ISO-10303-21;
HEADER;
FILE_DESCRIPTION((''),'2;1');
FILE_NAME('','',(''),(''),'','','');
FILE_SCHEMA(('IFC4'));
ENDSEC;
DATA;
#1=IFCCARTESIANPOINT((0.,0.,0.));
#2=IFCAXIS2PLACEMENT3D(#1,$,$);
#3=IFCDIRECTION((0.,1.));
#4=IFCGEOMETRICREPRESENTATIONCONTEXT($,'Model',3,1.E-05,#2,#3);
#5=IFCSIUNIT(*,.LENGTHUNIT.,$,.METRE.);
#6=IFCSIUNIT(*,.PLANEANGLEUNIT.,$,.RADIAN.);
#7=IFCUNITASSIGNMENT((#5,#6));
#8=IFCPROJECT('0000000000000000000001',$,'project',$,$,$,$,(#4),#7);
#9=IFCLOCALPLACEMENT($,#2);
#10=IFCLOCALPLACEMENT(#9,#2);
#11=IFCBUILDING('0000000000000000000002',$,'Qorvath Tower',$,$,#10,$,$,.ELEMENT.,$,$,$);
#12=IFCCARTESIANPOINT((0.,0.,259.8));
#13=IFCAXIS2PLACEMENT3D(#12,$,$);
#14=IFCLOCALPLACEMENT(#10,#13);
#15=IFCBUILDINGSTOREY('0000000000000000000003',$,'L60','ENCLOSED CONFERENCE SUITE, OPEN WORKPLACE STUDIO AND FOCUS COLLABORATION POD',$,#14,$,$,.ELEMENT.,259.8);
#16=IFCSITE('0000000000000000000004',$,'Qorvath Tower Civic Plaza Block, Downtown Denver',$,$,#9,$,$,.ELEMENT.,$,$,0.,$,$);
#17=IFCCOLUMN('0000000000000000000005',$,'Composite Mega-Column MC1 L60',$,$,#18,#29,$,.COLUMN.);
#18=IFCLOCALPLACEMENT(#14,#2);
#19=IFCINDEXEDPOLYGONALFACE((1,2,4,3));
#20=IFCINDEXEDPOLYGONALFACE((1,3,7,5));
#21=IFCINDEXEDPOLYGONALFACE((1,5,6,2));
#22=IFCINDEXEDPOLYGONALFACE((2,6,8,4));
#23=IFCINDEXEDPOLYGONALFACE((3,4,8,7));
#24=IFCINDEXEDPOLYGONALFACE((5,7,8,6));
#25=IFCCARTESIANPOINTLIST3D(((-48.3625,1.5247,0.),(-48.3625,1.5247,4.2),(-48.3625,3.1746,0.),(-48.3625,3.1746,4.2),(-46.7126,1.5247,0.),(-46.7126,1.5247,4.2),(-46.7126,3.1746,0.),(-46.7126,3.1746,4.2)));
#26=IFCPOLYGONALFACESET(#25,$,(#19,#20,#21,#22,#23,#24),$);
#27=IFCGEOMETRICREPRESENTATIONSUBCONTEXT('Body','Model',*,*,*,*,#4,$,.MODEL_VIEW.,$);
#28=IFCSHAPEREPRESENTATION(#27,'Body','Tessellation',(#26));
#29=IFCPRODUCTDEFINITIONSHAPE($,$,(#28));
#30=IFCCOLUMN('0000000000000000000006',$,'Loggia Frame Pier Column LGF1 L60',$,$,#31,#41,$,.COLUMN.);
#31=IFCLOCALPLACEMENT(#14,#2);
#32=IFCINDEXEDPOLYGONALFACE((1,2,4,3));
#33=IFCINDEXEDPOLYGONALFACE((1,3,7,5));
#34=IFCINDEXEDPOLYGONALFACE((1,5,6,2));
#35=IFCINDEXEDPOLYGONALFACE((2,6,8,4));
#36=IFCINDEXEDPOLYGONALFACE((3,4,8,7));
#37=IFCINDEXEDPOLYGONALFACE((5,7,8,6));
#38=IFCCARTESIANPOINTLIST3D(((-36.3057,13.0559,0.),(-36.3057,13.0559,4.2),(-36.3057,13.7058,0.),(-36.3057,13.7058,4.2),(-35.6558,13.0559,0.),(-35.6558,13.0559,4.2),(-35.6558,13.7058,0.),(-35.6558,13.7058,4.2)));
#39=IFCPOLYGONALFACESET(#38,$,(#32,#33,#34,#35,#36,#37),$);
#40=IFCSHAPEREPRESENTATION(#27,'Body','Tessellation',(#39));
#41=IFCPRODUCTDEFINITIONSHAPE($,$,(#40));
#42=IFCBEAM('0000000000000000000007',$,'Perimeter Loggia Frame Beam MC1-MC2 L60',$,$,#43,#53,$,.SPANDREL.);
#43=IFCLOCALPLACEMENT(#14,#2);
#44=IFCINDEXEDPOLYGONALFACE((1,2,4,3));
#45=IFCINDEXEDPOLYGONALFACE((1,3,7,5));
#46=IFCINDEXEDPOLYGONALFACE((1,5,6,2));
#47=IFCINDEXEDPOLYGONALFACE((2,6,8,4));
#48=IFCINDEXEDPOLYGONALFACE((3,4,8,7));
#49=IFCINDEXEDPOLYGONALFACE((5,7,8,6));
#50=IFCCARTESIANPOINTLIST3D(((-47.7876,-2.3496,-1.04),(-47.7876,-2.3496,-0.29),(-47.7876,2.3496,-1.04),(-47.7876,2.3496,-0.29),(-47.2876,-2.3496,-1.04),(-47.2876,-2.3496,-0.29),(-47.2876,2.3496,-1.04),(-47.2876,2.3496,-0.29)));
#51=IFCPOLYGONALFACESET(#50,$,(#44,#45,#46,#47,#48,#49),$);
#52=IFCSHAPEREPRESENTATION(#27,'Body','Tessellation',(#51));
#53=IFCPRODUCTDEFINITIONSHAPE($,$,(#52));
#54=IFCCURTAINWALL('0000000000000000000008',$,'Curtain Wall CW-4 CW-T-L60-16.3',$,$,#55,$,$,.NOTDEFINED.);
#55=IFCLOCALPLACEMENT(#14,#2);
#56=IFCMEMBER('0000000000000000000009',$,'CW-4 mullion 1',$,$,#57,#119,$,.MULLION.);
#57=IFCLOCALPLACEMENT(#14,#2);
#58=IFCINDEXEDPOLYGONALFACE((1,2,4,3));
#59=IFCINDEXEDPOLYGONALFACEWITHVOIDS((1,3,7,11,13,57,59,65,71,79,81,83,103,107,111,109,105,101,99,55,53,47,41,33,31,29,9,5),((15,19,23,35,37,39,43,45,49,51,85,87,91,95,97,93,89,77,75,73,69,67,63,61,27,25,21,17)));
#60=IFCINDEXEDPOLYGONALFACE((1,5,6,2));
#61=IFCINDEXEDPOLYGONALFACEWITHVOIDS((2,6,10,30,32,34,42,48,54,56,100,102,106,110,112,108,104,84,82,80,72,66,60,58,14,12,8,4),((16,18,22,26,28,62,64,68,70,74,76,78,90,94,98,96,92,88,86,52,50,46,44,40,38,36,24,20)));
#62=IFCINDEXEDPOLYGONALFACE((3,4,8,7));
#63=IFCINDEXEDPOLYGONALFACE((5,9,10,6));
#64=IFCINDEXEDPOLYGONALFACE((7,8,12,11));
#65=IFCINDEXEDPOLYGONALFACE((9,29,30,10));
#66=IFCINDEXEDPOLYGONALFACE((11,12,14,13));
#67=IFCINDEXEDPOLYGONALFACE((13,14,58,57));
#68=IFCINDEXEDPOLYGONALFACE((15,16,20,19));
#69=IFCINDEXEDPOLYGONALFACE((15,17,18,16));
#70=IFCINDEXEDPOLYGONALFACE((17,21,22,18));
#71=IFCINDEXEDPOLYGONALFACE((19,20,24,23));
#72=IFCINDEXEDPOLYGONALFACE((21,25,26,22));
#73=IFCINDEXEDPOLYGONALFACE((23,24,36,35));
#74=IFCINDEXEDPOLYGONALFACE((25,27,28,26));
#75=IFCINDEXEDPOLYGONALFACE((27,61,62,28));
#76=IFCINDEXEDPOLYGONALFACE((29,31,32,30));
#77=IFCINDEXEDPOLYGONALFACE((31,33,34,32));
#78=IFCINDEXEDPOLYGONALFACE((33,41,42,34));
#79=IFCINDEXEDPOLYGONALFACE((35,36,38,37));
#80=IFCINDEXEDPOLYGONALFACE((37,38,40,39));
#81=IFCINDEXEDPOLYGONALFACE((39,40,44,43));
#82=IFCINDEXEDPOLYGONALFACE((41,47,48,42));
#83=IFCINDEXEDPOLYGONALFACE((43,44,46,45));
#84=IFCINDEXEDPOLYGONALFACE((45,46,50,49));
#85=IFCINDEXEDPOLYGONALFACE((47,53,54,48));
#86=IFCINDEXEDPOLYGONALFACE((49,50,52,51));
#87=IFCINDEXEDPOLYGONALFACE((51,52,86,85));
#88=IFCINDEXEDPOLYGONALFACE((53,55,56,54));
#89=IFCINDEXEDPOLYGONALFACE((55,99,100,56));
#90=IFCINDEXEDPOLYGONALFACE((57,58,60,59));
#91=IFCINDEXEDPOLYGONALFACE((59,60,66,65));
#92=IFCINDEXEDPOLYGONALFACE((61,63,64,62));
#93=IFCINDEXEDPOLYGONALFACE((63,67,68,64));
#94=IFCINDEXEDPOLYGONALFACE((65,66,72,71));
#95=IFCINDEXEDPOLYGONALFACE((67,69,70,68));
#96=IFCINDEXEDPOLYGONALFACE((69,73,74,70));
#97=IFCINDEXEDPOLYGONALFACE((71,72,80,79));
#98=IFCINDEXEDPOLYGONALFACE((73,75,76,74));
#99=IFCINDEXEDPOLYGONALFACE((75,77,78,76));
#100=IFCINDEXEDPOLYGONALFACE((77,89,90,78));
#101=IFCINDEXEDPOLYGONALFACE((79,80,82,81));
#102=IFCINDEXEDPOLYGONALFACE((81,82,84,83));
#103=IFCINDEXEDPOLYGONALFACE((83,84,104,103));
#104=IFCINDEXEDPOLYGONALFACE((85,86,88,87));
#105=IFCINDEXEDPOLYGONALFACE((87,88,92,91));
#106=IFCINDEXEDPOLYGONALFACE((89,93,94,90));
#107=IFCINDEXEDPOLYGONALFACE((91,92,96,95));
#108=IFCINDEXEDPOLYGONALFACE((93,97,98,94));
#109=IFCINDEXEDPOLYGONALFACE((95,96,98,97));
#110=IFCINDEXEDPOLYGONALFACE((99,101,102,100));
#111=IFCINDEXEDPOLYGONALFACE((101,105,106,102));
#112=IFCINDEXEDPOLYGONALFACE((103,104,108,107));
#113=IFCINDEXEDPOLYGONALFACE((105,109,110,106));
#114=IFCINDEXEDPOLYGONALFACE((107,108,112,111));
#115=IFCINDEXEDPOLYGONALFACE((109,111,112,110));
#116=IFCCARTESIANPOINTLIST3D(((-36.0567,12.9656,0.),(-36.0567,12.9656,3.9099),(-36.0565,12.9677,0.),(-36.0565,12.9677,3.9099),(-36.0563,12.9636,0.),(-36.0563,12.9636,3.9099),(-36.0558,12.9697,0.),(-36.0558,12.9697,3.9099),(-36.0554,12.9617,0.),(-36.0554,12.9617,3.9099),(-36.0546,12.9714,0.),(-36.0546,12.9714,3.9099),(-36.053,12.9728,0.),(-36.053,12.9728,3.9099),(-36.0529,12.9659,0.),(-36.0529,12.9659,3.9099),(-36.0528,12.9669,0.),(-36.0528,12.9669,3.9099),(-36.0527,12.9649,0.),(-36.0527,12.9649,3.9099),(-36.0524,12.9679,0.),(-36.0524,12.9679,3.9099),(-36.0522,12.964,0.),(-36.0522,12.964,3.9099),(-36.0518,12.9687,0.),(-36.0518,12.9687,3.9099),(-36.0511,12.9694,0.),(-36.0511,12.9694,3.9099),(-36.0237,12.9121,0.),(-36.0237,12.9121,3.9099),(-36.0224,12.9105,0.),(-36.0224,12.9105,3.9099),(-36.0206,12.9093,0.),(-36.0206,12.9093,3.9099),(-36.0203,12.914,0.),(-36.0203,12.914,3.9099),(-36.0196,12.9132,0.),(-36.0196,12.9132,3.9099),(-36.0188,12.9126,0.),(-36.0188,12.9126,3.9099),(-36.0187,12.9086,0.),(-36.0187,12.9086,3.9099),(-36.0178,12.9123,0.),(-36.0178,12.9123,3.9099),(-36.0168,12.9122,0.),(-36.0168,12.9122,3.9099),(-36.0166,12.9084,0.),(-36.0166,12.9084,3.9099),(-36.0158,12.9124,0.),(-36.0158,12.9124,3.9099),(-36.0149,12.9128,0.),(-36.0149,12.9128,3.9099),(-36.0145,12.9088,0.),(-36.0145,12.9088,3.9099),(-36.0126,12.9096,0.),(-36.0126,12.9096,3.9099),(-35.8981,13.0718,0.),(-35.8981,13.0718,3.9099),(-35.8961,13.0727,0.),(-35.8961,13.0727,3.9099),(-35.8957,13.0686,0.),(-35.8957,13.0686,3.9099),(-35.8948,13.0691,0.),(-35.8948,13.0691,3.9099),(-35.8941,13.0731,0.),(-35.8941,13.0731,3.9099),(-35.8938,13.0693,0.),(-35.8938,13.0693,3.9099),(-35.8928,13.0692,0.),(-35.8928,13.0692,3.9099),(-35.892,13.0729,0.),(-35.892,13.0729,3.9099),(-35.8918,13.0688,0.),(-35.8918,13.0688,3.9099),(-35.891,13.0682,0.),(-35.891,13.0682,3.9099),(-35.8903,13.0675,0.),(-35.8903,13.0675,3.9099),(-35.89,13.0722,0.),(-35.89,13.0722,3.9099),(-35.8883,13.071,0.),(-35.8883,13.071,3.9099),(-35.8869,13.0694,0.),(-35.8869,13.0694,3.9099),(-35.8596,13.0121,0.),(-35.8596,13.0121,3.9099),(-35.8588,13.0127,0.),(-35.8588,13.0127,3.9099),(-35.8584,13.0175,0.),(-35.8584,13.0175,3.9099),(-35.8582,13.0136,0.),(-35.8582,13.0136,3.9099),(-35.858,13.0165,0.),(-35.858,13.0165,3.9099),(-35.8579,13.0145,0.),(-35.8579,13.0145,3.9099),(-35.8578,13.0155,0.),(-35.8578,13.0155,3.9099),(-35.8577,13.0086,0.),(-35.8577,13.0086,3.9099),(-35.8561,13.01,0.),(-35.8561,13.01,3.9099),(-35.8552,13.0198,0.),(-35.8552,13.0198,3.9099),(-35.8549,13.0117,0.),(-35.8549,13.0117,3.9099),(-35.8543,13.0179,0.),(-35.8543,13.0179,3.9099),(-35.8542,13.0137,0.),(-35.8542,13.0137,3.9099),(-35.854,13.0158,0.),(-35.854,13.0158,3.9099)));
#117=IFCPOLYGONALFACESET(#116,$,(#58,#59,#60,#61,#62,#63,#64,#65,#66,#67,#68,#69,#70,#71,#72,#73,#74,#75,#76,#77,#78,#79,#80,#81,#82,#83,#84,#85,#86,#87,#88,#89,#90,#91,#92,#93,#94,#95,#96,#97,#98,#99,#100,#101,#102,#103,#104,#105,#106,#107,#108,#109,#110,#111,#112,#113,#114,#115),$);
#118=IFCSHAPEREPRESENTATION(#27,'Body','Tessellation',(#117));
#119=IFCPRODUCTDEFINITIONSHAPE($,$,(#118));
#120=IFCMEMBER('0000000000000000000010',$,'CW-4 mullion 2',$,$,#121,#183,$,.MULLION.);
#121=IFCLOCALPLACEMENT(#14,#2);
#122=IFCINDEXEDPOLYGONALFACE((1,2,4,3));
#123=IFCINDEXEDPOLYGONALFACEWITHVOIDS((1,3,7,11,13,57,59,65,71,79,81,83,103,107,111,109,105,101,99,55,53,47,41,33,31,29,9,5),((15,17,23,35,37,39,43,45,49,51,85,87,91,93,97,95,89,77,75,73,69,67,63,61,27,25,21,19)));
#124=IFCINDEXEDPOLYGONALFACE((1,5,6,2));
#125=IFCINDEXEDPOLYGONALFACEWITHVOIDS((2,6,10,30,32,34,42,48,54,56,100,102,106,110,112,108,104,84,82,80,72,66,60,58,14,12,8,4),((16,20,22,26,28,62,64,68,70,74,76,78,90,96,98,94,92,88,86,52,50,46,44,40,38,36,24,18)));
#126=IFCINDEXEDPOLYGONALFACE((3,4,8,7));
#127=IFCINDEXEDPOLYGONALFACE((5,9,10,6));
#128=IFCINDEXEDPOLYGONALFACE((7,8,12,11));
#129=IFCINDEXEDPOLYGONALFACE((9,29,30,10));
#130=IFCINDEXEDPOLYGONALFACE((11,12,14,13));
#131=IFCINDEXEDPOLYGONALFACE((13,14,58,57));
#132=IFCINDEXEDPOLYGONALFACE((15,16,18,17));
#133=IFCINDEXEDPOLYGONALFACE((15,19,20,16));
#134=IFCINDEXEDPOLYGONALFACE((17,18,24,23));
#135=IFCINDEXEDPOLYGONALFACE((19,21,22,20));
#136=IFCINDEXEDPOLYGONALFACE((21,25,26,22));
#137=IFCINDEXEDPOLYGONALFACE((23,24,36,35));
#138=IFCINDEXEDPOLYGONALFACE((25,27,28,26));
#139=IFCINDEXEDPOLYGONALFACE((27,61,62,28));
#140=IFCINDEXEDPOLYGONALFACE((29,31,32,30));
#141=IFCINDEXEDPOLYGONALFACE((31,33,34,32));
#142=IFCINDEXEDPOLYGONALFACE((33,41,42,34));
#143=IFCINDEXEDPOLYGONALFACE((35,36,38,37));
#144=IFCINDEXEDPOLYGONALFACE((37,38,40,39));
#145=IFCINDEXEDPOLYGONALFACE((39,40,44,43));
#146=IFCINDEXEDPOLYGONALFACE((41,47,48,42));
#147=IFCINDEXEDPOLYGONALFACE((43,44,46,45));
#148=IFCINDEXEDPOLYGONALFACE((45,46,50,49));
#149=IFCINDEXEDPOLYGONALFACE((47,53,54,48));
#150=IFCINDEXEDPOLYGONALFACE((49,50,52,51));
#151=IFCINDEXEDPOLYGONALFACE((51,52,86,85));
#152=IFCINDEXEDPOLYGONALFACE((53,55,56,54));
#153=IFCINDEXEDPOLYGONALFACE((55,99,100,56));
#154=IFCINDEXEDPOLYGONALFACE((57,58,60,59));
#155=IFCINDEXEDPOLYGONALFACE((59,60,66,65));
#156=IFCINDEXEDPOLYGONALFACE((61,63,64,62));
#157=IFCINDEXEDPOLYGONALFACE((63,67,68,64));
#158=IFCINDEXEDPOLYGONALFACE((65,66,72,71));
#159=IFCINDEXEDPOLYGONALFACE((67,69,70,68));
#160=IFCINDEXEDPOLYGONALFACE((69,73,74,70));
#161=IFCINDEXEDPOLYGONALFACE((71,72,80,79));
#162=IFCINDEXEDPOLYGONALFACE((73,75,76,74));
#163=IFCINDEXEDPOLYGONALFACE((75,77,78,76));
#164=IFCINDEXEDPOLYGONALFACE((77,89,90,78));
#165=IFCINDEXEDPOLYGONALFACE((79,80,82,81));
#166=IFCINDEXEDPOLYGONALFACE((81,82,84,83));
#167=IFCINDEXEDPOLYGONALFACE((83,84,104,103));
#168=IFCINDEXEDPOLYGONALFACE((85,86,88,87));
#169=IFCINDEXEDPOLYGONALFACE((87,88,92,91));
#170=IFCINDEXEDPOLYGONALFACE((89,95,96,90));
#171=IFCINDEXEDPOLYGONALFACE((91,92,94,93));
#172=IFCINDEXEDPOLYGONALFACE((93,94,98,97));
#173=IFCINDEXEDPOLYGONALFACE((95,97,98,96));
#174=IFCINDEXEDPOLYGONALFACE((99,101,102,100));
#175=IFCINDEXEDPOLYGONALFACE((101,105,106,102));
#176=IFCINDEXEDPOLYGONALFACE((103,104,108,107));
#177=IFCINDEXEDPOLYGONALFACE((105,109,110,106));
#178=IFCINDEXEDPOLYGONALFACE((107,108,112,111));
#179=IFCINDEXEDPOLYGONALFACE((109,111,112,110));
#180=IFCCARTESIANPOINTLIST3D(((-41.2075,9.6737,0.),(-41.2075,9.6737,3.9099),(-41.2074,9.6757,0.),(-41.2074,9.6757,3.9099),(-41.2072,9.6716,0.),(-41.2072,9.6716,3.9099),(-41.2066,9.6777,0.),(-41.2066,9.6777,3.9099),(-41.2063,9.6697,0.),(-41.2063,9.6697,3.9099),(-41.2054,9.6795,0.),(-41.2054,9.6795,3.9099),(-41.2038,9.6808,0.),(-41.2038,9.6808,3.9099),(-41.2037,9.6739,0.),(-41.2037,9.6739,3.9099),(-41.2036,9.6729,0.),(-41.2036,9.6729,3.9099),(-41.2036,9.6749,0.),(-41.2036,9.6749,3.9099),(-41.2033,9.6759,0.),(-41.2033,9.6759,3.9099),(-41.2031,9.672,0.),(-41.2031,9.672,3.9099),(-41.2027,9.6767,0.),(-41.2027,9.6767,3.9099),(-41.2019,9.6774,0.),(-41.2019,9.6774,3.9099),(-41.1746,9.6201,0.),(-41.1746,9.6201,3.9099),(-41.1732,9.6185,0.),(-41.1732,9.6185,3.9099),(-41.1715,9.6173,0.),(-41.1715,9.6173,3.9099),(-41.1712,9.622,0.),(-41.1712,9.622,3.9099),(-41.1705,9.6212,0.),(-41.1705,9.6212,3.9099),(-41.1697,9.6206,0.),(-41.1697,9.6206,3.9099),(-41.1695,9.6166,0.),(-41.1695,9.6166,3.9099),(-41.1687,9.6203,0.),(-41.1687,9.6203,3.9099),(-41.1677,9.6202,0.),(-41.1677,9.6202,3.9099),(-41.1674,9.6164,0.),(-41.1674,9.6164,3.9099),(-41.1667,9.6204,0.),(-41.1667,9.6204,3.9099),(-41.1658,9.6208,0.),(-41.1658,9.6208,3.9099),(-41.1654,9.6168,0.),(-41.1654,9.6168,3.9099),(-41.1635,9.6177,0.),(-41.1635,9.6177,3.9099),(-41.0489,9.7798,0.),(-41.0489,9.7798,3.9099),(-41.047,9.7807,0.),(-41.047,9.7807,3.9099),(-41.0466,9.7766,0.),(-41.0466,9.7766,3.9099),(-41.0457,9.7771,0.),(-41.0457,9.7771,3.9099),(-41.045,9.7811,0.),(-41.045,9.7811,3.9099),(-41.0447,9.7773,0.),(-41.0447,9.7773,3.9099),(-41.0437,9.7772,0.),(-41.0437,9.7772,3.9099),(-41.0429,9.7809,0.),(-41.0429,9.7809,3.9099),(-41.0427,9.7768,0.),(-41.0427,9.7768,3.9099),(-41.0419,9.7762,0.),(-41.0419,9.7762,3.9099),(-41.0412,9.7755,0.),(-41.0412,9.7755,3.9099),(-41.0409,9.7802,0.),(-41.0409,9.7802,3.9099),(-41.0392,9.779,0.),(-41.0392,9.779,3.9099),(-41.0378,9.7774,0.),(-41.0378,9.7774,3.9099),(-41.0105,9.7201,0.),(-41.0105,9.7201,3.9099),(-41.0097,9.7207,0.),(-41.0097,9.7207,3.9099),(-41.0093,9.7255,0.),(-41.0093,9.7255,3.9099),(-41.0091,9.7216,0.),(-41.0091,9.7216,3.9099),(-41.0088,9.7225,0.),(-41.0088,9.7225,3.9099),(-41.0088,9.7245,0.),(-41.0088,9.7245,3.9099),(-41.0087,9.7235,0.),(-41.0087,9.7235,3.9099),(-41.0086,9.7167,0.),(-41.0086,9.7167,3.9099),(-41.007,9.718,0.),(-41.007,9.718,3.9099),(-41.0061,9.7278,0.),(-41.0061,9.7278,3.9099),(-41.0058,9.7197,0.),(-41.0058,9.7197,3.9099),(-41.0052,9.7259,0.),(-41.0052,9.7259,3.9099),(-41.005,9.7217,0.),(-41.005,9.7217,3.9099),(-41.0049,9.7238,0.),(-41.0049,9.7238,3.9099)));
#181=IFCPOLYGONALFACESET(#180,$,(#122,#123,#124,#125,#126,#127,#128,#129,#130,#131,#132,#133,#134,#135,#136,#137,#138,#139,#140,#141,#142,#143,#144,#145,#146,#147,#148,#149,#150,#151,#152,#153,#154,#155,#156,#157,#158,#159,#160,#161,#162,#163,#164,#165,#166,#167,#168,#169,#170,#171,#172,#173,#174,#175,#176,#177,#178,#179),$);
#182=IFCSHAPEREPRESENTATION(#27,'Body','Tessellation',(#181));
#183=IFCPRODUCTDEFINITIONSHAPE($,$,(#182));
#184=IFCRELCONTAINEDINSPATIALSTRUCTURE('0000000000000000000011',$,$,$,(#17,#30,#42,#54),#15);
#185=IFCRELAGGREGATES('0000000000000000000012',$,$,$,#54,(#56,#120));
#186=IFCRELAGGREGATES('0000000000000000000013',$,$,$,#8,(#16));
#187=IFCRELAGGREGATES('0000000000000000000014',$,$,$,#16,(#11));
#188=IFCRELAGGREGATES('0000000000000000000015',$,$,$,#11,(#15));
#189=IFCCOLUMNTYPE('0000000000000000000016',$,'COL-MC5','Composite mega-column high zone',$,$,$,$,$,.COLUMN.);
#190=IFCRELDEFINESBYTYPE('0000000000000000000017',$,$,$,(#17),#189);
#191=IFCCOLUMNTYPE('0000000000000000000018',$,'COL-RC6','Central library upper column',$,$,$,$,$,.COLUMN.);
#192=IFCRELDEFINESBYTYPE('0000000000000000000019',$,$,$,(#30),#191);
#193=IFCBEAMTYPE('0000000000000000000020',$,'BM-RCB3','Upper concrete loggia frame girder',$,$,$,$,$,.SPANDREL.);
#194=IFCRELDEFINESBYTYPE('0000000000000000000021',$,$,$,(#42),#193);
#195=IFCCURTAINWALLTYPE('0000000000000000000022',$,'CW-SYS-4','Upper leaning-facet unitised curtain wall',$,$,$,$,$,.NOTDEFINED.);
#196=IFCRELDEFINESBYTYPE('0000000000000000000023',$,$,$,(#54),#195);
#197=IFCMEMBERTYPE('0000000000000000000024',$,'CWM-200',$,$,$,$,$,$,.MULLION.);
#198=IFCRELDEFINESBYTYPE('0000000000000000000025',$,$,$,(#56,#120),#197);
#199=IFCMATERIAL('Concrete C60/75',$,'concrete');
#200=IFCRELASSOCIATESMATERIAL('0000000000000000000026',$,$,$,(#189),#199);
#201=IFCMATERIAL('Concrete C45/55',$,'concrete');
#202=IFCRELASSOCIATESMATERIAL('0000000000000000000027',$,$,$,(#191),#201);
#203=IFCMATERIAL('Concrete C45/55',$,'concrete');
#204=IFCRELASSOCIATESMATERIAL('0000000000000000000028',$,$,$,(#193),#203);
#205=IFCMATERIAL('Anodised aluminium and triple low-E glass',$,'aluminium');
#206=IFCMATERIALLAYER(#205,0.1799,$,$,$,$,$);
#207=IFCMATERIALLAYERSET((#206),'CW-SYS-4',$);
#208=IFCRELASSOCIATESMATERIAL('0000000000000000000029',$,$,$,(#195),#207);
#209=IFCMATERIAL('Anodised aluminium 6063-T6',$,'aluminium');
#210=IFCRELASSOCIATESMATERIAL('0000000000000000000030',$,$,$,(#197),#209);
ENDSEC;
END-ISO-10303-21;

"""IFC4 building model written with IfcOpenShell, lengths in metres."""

from ifc_helpers import new_model, si_unit, direction, frame, origin, origin_2d, place, context, subcontext, project, spatial, rectangle, hollow_rectangle, extrude, material, layer, layer_set, material_profile, profile_set, type_object, element, aggregate, save


model = new_model("IFC4")

# Units and contexts
model_context = context("Model", 3, precision=1e-05, world=origin(), true_north=direction((0.0, 1.0)))
body_context = subcontext(model_context, "Body", "Model", "MODEL_VIEW")
ifc_project = project(units=[si_unit("LENGTHUNIT", "METRE"), si_unit("PLANEANGLEUNIT", "RADIAN")], contexts=[model_context])

# Site, building, storey
site_placement = place(None, origin())
site = spatial("IfcSite", under=ifc_project, at=site_placement, Name="Qorvath Tower Civic Plaza Block, Downtown Denver", CompositionType="ELEMENT", RefElevation=0.0)
building_placement = place(site_placement, origin())
building = spatial("IfcBuilding", under=site, at=building_placement, Name="Qorvath Tower", CompositionType="ELEMENT")
storey_placement = place(building_placement, frame((0.0, 0.0, 259.8)))
storey = spatial("IfcBuildingStorey", under=building, at=storey_placement, Name="L60", Description="ENCLOSED CONFERENCE SUITE, OPEN WORKPLACE STUDIO AND FOCUS COLLABORATION POD", CompositionType="ELEMENT", Elevation=259.8)

# Columns
ifc_material_1 = material(Name="Concrete C60/75", Category="concrete")
ifc_material_profile_1 = material_profile(ifc_material_1, rectangle(XDim=1.6499, YDim=1.6499, at=origin_2d()), Name="MC 1650x1650")
ifc_profile_set_1 = profile_set([ifc_material_profile_1], Name="Concrete C60/75")
column_type_1 = type_object("IfcColumnType", Name="COL-MC5", Description="Composite mega-column high zone", PredefinedType="COLUMN", material=ifc_profile_set_1)
column_1_placement = place(storey_placement, frame((-47.5376, 2.3496, 0.0), z_axis=(0.0, 0.0, 1.0), x_axis=(1.0, 0.0, 0.0)))
element("IfcColumn", 1, at=column_1_placement, inside=storey, type_object=column_type_1, Name="Composite Mega-Column MC1 L60", PredefinedType="COLUMN", context=body_context, shape_type="SweptSolid", body=[
    extrude(rectangle(XDim=1.6499, YDim=1.6499, at=origin_2d()), origin(), (0.0, 0.0, 1.0), 4.2),
])
ifc_material_2 = material(Name="Concrete C45/55", Category="concrete")
ifc_material_profile_2 = material_profile(ifc_material_2, rectangle(XDim=0.6499, YDim=0.6499, at=origin_2d()), Name="RC 650x650")
ifc_profile_set_2 = profile_set([ifc_material_profile_2], Name="Concrete C45/55")
column_type_2 = type_object("IfcColumnType", Name="COL-RC6", Description="Central library upper column", PredefinedType="COLUMN", material=ifc_profile_set_2)
column_2_placement = place(storey_placement, frame((-35.9807, 13.3809, 0.0), z_axis=(0.0, 0.0, 1.0), x_axis=(1.0, 0.0, 0.0)))
element("IfcColumn", 2, at=column_2_placement, inside=storey, type_object=column_type_2, Name="Loggia Frame Pier Column LGF1 L60", PredefinedType="COLUMN", context=body_context, shape_type="SweptSolid", body=[
    extrude(rectangle(XDim=0.6499, YDim=0.6499, at=origin_2d()), origin(), (0.0, 0.0, 1.0), 4.2),
])

# Beam
ifc_material_3 = material(Name="Concrete C45/55", Category="concrete")
ifc_material_profile_3 = material_profile(ifc_material_3, rectangle(XDim=0.5, YDim=0.75, at=origin_2d()), Name="RCB 750x500")
ifc_profile_set_3 = profile_set([ifc_material_profile_3], Name="Concrete C45/55")
beam_type = type_object("IfcBeamType", Name="BM-RCB3", Description="Upper concrete loggia frame girder", PredefinedType="SPANDREL", material=ifc_profile_set_3)
beam_placement = place(storey_placement, frame((-47.5376, 2.3496, -0.665), z_axis=(0.0, -1.0, 0.0), x_axis=(1.0, 0.0, 0.0)))
element("IfcBeam", 3, at=beam_placement, inside=storey, type_object=beam_type, Name="Perimeter Loggia Frame Beam MC1-MC2 L60", PredefinedType="SPANDREL", context=body_context, shape_type="SweptSolid", body=[
    extrude(rectangle(XDim=0.5, YDim=0.75, at=origin_2d()), origin(), (0.0, 0.0, 1.0), 4.6992),
])

# Curtain wall, members
ifc_material_4 = material(Name="Anodised aluminium and triple low-E glass", Category="aluminium")
ifc_layer_1 = layer(ifc_material_4, 0.1799)
ifc_layer_set_1 = layer_set([ifc_layer_1], Name="CW-SYS-4")
curtain_wall_type = type_object("IfcCurtainWallType", Name="CW-SYS-4", Description="Upper leaning-facet unitised curtain wall", PredefinedType="NOTDEFINED", material=ifc_layer_set_1)
curtain_wall_placement = place(storey_placement, origin())
curtain_wall = element("IfcCurtainWall", 4, at=curtain_wall_placement, inside=storey, type_object=curtain_wall_type, Name="Curtain Wall CW-4 CW-T-L60-16.3", PredefinedType="NOTDEFINED")
ifc_material_5 = material(Name="Anodised aluminium 6063-T6", Category="aluminium")
ifc_material_profile_4 = material_profile(ifc_material_5, hollow_rectangle(XDim=0.075, YDim=0.2, WallThickness=0.0039, InnerFilletRadius=0.0039, OuterFilletRadius=0.0081, at=origin_2d()), Name="CWM 200x75")
ifc_profile_set_4 = profile_set([ifc_material_profile_4], Name="Anodised aluminium 6063-T6")
member_type_1 = type_object("IfcMemberType", Name="CWM-200", PredefinedType="MULLION", material=ifc_profile_set_4)
member_1_placement = place(storey_placement, frame((-35.9553, 12.9907, 0.0), z_axis=(0.0, 0.0, 1.0), x_axis=(0.538533, -0.842604, 0.0)))
member_1 = element("IfcMember", 5, at=member_1_placement, type_object=member_type_1, Name="CW-4 mullion 1", PredefinedType="MULLION", context=body_context, shape_type="SweptSolid", body=[
    extrude(hollow_rectangle(XDim=0.075, YDim=0.2, WallThickness=0.0039, InnerFilletRadius=0.0039, OuterFilletRadius=0.0081, at=origin_2d()), origin(), (0.0, 0.0, 1.0), 3.9099),
])
member_2_placement = place(storey_placement, frame((-41.1062, 9.6987, 0.0), z_axis=(0.0, 0.0, 1.0), x_axis=(0.538533, -0.842604, 0.0)))
member_2 = element("IfcMember", 6, at=member_2_placement, type_object=member_type_1, Name="CW-4 mullion 2", PredefinedType="MULLION", context=body_context, shape_type="SweptSolid", body=[
    extrude(hollow_rectangle(XDim=0.075, YDim=0.2, WallThickness=0.0039, InnerFilletRadius=0.0039, OuterFilletRadius=0.0081, at=origin_2d()), origin(), (0.0, 0.0, 1.0), 3.9099),
])
aggregate(curtain_wall, [member_1, member_2])

save(model, "model.ifc")
